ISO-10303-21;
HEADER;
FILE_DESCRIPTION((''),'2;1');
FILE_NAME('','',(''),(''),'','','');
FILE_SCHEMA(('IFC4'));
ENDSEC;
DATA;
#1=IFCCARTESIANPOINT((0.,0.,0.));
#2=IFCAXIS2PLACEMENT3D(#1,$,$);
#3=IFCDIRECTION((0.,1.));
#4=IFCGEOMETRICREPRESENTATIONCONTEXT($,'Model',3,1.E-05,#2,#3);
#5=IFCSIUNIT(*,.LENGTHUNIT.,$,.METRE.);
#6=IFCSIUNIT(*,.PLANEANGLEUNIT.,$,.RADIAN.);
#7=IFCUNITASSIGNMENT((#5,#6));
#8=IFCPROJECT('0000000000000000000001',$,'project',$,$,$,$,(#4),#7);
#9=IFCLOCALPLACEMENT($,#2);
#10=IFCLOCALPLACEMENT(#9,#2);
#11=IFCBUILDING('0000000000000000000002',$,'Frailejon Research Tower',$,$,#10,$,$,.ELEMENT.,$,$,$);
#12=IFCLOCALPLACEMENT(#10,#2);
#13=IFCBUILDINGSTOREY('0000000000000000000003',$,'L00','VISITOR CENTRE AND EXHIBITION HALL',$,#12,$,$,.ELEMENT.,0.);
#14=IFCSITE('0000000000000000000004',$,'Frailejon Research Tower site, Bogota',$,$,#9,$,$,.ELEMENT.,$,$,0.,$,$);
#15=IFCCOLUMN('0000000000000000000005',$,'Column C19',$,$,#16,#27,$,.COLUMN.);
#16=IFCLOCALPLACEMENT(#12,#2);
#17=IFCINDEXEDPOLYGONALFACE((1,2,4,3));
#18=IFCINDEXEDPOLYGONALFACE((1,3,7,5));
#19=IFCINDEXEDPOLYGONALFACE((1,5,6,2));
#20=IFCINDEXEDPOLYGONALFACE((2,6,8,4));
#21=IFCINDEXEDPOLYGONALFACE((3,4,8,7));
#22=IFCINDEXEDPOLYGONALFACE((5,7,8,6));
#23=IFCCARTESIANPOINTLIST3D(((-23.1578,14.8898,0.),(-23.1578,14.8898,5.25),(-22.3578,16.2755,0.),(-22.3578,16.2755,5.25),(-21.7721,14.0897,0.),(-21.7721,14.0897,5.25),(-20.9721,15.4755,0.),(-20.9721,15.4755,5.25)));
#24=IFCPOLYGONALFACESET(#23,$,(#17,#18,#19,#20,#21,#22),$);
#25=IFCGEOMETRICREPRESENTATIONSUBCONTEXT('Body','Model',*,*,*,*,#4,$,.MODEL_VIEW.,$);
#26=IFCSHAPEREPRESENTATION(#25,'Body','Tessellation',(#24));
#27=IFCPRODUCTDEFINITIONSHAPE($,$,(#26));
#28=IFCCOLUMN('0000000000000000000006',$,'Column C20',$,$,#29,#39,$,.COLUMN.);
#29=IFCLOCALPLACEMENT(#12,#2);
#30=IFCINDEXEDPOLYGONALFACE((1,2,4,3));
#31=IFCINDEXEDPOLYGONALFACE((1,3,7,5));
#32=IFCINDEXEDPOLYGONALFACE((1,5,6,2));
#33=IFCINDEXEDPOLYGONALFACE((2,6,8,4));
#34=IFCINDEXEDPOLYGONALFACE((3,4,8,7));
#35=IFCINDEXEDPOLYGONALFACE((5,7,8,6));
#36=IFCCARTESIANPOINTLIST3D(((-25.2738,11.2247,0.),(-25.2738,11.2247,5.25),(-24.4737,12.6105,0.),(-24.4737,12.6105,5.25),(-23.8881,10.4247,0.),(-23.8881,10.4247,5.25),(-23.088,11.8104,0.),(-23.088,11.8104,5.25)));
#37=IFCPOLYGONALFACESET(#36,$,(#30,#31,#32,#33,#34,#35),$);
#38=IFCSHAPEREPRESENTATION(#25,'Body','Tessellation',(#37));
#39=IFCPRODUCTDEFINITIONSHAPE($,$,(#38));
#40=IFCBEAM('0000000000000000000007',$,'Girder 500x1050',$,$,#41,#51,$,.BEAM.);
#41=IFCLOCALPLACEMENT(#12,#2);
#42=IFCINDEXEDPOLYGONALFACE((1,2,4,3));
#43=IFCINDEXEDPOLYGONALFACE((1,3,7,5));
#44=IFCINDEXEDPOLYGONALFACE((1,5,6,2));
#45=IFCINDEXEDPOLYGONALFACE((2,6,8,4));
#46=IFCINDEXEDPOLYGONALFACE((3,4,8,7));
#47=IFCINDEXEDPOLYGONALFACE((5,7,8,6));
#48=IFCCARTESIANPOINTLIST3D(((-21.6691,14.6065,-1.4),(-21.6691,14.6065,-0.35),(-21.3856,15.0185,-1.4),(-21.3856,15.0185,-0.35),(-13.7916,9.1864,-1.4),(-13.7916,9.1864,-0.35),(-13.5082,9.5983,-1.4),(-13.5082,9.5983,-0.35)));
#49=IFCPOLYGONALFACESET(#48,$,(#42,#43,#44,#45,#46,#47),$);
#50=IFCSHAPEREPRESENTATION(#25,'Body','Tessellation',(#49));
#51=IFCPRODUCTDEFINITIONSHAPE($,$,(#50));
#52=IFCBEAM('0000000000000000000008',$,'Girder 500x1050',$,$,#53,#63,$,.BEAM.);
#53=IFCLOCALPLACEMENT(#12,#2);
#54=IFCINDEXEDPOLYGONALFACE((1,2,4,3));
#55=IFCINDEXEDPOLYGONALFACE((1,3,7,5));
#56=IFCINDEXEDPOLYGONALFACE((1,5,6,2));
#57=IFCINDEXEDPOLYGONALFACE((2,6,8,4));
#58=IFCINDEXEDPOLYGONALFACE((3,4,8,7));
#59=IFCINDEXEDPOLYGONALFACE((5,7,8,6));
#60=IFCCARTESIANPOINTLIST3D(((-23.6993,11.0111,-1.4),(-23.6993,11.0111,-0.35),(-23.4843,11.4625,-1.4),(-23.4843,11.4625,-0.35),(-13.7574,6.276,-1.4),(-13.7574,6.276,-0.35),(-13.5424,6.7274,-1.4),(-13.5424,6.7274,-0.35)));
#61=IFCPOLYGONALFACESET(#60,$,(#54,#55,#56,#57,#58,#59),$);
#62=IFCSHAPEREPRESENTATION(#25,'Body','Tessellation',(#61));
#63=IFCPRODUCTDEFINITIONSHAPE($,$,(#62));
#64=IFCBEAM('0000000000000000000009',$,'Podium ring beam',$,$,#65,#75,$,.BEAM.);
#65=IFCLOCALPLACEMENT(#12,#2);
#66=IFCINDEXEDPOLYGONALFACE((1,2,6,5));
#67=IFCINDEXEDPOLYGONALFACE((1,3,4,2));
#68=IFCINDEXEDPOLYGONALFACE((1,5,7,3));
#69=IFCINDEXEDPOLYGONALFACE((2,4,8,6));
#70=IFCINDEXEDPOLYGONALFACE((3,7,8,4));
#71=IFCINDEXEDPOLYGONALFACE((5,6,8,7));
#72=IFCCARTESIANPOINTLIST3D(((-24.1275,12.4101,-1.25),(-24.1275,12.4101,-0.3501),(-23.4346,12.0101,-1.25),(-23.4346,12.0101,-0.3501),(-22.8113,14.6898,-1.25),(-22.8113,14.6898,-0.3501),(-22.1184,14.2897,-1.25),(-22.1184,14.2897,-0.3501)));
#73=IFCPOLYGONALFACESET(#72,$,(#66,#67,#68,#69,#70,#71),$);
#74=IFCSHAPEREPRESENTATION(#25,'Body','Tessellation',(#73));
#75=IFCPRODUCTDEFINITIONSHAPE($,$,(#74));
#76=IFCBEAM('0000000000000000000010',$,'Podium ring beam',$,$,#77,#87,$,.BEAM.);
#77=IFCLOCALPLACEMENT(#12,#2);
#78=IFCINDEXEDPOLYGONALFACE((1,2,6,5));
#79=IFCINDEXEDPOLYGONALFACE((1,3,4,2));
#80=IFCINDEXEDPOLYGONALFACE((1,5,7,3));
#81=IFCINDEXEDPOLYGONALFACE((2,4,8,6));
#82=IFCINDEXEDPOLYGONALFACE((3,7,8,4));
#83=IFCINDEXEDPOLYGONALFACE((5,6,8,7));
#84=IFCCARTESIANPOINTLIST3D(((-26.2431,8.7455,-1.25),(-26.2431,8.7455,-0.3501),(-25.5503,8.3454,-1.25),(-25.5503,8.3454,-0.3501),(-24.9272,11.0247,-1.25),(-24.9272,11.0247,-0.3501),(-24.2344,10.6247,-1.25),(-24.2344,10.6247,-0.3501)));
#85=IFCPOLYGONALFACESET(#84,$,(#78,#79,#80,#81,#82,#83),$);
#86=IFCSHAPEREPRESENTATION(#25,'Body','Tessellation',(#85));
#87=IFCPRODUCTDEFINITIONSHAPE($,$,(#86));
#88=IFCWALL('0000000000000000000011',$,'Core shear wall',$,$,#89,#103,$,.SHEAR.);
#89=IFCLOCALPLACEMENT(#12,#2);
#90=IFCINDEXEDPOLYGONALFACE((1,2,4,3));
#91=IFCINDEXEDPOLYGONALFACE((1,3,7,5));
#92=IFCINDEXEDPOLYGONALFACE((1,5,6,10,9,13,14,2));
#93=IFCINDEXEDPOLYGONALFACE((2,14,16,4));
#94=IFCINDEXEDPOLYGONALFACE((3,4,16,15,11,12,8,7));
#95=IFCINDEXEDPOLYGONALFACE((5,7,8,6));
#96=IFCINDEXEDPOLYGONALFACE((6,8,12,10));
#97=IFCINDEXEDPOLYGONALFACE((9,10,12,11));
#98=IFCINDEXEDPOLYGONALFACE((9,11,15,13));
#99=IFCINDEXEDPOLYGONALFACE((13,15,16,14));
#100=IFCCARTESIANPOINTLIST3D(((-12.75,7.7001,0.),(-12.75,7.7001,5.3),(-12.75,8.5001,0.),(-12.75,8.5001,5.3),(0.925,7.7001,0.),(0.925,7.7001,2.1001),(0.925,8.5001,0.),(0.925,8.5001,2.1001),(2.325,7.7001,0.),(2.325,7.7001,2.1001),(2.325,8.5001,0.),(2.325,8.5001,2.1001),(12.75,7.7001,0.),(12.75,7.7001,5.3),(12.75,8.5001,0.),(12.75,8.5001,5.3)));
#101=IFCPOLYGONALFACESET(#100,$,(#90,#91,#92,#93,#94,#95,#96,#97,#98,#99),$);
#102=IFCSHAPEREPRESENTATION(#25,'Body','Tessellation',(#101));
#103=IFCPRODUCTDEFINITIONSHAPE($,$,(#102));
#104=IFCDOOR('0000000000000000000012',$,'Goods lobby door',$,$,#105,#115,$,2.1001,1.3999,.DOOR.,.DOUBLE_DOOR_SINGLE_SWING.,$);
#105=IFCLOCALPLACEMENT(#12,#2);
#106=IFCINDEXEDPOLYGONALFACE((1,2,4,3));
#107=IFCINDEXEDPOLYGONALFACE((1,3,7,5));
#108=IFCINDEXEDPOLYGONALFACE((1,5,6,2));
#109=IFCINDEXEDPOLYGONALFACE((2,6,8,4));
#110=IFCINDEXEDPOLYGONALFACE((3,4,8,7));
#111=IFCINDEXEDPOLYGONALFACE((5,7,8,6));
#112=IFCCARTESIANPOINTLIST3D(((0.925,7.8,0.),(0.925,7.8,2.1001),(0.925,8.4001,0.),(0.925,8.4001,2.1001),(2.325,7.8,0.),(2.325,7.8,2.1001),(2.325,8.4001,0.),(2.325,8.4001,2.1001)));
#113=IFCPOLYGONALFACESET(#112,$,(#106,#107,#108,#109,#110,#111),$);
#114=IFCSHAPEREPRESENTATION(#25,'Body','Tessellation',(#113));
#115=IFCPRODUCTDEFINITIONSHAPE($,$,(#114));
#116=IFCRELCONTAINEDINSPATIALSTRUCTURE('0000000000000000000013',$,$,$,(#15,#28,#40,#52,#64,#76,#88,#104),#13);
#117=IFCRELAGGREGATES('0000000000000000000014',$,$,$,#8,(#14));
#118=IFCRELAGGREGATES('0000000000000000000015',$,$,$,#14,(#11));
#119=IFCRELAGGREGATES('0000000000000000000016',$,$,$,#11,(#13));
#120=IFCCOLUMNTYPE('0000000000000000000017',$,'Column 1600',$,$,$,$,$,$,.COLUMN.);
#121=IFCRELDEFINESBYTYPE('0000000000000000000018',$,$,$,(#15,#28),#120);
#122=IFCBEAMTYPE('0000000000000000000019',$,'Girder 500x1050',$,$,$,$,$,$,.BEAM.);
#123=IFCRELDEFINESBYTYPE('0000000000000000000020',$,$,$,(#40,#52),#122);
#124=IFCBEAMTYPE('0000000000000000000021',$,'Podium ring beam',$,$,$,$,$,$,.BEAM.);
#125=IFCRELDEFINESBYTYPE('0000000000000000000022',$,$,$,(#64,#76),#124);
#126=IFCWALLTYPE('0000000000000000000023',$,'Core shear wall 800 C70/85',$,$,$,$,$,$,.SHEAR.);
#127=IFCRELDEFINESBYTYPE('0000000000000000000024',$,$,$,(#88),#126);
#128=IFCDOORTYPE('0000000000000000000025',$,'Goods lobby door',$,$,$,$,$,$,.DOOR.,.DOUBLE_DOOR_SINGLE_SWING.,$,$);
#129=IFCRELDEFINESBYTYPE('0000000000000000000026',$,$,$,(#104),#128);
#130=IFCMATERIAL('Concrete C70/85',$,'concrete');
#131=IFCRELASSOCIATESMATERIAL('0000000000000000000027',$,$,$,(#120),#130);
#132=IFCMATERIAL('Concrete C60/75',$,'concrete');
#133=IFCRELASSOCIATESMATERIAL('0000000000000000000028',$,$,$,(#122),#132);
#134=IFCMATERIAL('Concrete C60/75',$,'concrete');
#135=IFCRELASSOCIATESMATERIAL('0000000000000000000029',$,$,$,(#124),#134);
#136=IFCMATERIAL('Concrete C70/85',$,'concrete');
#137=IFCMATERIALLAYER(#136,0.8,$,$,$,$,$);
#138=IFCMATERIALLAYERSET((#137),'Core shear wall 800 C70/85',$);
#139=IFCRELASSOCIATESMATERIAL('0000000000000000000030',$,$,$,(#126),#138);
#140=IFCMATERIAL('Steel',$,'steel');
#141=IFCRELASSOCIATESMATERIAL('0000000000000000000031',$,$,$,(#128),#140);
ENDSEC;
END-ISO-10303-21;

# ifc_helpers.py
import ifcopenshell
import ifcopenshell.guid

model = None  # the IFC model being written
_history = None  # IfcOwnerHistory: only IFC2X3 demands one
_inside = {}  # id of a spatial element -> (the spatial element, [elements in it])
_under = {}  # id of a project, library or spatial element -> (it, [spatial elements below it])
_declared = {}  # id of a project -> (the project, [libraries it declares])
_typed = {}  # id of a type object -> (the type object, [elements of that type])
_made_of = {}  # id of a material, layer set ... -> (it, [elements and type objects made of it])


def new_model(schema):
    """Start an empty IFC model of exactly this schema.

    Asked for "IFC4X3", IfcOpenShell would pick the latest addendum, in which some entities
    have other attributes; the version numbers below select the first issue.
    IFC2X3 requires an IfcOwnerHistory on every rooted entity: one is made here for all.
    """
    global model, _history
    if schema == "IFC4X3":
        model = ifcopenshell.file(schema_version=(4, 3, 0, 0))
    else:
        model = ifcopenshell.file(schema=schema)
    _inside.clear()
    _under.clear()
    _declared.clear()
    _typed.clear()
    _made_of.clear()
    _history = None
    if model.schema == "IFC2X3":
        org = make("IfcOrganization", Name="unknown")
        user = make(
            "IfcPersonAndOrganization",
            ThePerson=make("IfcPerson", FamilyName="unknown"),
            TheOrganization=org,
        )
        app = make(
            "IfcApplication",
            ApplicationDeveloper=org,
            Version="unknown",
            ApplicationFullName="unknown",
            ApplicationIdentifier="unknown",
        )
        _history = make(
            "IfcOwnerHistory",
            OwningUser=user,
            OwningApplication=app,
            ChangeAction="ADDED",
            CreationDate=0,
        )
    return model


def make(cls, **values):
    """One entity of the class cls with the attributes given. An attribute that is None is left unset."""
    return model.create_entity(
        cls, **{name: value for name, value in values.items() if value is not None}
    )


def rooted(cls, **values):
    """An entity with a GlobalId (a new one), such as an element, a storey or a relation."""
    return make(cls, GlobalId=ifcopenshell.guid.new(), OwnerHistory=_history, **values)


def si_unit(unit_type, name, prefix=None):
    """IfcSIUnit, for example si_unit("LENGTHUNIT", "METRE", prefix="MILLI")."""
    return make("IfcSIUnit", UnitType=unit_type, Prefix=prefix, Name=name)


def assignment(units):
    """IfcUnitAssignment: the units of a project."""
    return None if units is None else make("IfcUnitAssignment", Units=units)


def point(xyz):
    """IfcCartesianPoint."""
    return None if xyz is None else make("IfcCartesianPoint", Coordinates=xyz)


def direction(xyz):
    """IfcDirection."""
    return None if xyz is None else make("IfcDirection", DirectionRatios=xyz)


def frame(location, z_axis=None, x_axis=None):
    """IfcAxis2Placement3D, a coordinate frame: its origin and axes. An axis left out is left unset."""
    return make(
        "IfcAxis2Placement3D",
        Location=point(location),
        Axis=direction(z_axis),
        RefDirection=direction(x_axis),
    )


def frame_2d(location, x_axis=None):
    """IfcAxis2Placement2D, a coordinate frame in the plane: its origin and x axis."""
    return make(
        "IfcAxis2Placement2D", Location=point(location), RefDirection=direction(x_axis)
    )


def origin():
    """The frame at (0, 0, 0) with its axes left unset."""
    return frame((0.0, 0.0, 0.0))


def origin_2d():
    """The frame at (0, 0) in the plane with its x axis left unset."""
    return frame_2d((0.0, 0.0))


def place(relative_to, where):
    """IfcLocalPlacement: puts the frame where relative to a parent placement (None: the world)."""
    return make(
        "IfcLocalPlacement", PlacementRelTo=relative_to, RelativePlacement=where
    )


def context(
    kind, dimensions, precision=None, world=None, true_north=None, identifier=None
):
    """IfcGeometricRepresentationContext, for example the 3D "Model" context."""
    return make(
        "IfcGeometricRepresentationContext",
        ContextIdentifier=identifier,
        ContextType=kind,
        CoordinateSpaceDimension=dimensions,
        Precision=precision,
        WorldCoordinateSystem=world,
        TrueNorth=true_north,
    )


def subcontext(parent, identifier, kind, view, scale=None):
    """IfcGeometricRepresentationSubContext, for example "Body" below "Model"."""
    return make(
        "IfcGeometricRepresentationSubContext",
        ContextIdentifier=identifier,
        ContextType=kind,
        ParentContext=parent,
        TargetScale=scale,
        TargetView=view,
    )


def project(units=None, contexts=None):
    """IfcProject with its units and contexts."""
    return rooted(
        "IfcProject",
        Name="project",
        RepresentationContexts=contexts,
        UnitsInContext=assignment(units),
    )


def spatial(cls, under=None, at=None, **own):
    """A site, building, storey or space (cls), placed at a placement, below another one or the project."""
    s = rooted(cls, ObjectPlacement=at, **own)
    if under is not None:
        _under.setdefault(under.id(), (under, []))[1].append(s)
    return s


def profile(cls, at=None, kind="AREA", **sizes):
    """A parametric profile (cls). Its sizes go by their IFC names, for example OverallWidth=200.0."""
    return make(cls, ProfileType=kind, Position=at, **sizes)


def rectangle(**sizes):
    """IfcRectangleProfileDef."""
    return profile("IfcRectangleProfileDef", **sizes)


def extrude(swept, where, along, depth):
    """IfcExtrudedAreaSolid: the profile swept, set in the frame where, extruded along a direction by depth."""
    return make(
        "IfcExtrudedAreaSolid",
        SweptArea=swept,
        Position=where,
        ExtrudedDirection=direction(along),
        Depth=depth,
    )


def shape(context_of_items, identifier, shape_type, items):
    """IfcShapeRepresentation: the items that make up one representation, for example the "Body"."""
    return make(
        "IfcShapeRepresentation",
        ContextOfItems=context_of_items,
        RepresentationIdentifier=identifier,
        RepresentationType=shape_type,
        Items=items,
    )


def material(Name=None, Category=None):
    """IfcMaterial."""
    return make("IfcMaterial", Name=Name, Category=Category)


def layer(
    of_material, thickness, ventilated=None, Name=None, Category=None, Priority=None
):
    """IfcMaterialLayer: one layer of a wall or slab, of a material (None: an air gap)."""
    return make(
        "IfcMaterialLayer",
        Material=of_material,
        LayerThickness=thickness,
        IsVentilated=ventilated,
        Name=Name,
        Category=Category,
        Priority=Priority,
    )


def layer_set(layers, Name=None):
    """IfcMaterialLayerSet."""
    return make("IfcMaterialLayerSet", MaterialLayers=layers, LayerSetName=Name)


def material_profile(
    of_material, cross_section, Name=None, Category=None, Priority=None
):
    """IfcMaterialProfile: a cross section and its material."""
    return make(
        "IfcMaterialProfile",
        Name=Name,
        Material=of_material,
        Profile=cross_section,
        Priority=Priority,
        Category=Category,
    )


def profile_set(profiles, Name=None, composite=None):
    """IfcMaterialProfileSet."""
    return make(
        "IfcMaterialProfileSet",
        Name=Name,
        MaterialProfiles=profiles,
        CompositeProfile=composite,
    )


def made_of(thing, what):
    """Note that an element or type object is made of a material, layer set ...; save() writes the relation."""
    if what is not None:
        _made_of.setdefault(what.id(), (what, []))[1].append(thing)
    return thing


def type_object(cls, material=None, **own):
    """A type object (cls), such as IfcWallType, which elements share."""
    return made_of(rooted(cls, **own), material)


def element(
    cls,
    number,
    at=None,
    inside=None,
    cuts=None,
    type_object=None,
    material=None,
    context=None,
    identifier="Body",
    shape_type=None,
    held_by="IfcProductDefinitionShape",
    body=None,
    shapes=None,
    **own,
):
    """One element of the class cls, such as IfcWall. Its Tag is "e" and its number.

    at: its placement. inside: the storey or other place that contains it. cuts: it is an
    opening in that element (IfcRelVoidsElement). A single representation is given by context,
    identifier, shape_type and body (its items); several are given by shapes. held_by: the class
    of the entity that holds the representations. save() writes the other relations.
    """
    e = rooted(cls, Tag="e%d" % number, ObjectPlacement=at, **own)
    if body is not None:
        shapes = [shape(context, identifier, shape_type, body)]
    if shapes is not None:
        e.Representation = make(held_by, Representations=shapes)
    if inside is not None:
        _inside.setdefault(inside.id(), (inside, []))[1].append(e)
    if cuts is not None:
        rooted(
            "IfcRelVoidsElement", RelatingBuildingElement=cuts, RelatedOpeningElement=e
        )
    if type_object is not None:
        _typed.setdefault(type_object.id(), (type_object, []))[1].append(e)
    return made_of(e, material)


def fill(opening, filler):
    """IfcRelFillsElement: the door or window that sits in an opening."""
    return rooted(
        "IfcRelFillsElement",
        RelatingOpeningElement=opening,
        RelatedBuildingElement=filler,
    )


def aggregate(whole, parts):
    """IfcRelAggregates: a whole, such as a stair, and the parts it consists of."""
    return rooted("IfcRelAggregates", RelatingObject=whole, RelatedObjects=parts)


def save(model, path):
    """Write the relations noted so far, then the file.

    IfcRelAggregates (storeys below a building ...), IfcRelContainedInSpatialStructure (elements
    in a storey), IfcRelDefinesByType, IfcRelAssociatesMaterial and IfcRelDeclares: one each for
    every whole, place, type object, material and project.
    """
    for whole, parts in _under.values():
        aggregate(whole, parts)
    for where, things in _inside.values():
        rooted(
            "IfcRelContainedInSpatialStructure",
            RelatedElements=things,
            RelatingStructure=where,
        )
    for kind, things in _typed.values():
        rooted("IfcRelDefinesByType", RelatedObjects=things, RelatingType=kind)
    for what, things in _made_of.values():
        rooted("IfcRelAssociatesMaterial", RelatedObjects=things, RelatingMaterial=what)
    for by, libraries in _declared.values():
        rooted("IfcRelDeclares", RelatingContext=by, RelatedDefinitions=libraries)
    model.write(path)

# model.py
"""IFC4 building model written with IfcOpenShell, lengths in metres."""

from ifc_helpers import new_model, si_unit, direction, frame, frame_2d, origin, origin_2d, place, context, subcontext, project, spatial, rectangle, extrude, material, layer, layer_set, material_profile, profile_set, type_object, element, fill, save


model = new_model("IFC4")

# Units and contexts
model_context = context("Model", 3, precision=1e-05, world=origin(), true_north=direction((0.0, 1.0)))
body_context = subcontext(model_context, "Body", "Model", "MODEL_VIEW")
ifc_project = project(units=[si_unit("LENGTHUNIT", "METRE"), si_unit("PLANEANGLEUNIT", "RADIAN")], contexts=[model_context])

# Site, building, storey
site_placement = place(None, origin())
site = spatial("IfcSite", under=ifc_project, at=site_placement, Name="Frailejon Research Tower site, Bogota", CompositionType="ELEMENT", RefElevation=0.0)
building_placement = place(site_placement, origin())
building = spatial("IfcBuilding", under=site, at=building_placement, Name="Frailejon Research Tower", CompositionType="ELEMENT")
storey_placement = place(building_placement, origin())
storey = spatial("IfcBuildingStorey", under=building, at=storey_placement, Name="L00", Description="VISITOR CENTRE AND EXHIBITION HALL", CompositionType="ELEMENT", Elevation=0.0)

# Columns
ifc_material_1 = material(Name="Concrete C70/85", Category="concrete")
ifc_material_profile_1 = material_profile(ifc_material_1, rectangle(XDim=1.6001, YDim=1.6001, at=origin_2d()), Name="Column 1600")
ifc_profile_set_1 = profile_set([ifc_material_profile_1], Name="Concrete C70/85")
column_type = type_object("IfcColumnType", Name="Column 1600", PredefinedType="COLUMN", material=ifc_profile_set_1)
for number, where, z_axis, x_axis, name in (
    (1, (-22.0649, 15.1826, 0.0), (0.0, 0.0, 1.0), (-0.5, -0.866025, 0.0), "Column C19"),
    (2, (-24.1809, 11.5176, 0.0), (0.0, 0.0, 1.0), (-0.5, -0.866025, 0.0), "Column C20"),
):
    element("IfcColumn", number, at=place(storey_placement, frame(where, z_axis=z_axis, x_axis=x_axis)), inside=storey, type_object=column_type, Name=name, PredefinedType="COLUMN", context=body_context, shape_type="SweptSolid", body=[
        extrude(rectangle(XDim=1.6001, YDim=1.6001, at=origin_2d()), origin(), (0.0, 0.0, 1.0), 5.25),
    ])

# Beams
ifc_material_2 = material(Name="Concrete C60/75", Category="concrete")
ifc_material_profile_2 = material_profile(ifc_material_2, rectangle(XDim=0.5, YDim=1.05, at=origin_2d()), Name="Girder 500x1050")
ifc_profile_set_2 = profile_set([ifc_material_profile_2], Name="Concrete C60/75")
beam_type_1 = type_object("IfcBeamType", Name="Girder 500x1050", PredefinedType="BEAM", material=ifc_profile_set_2)
beam_1_placement = place(storey_placement, frame((-21.5273, 14.8125, -0.875), z_axis=(0.823826, -0.566843, 0.0), x_axis=(0.566843, 0.823826, 0.0)))
element("IfcBeam", 3, at=beam_1_placement, inside=storey, type_object=beam_type_1, Name="Girder 500x1050", PredefinedType="BEAM", context=body_context, shape_type="SweptSolid", body=[
    extrude(rectangle(XDim=0.5, YDim=1.05, at=origin_2d()), origin(), (0.0, 0.0, 1.0), 9.562),
])
beam_2_placement = place(storey_placement, frame((-23.5918, 11.2368, -0.875), z_axis=(0.90283, -0.429998, 0.0), x_axis=(0.429998, 0.90283, 0.0)))
element("IfcBeam", 4, at=beam_2_placement, inside=storey, type_object=beam_type_1, Name="Girder 500x1050", PredefinedType="BEAM", context=body_context, shape_type="SweptSolid", body=[
    extrude(rectangle(XDim=0.5, YDim=1.05, at=origin_2d()), origin(), (0.0, 0.0, 1.0), 11.012),
])
ifc_material_3 = material(Name="Concrete C60/75", Category="concrete")
ifc_material_profile_3 = material_profile(ifc_material_3, rectangle(XDim=0.8, YDim=0.8999, at=origin_2d()), Name="Podium ring beam")
ifc_profile_set_3 = profile_set([ifc_material_profile_3], Name="Concrete C60/75")
beam_type_2 = type_object("IfcBeamType", Name="Podium ring beam", PredefinedType="BEAM", material=ifc_profile_set_3)
beam_3_placement = place(storey_placement, frame((-22.4648, 14.4897, -0.8), z_axis=(-0.50002, -0.866014, 0.0), x_axis=(0.866014, -0.50002, 0.0)))
element("IfcBeam", 5, at=beam_3_placement, inside=storey, type_object=beam_type_2, Name="Podium ring beam", PredefinedType="BEAM", context=body_context, shape_type="SweptSolid", body=[
    extrude(rectangle(XDim=0.8, YDim=0.8999, at=origin_2d()), origin(), (0.0, 0.0, 1.0), 2.6323),
])
beam_4_placement = place(storey_placement, frame((-24.5808, 10.8247, -0.8), z_axis=(-0.49999, -0.866031, 0.0), x_axis=(0.866031, -0.49999, 0.0)))
element("IfcBeam", 6, at=beam_4_placement, inside=storey, type_object=beam_type_2, Name="Podium ring beam", PredefinedType="BEAM", context=body_context, shape_type="SweptSolid", body=[
    extrude(rectangle(XDim=0.8, YDim=0.8999, at=origin_2d()), origin(), (0.0, 0.0, 1.0), 2.6318),
])

# Wall, opening, door
ifc_material_4 = material(Name="Concrete C70/85", Category="concrete")
ifc_layer_1 = layer(ifc_material_4, 0.8)
ifc_layer_set_1 = layer_set([ifc_layer_1], Name="Core shear wall 800 C70/85")
wall_type_1 = type_object("IfcWallType", Name="Core shear wall 800 C70/85", PredefinedType="SHEAR", material=ifc_layer_set_1)
wall_1_placement = place(storey_placement, frame((-12.75, 8.1001, 0.0), z_axis=(0.0, 0.0, 1.0), x_axis=(1.0, 0.0, 0.0)))
wall_1 = element("IfcWall", 7, at=wall_1_placement, inside=storey, type_object=wall_type_1, Name="Core shear wall", PredefinedType="SHEAR", context=body_context, shape_type="SweptSolid", body=[
    extrude(rectangle(XDim=25.5, YDim=0.8, at=frame_2d((12.75, 0.0))), origin(), (0.0, 0.0, 1.0), 5.3),
])
opening_1_placement = place(wall_1_placement, frame((13.675, 0.0, 0.0)))
opening_1 = element("IfcOpeningElement", 8, at=opening_1_placement, cuts=wall_1, PredefinedType="OPENING", context=body_context, shape_type="SweptSolid", body=[
    extrude(rectangle(XDim=1.3999, YDim=2.1001, at=frame_2d((0.7, 1.05))), frame((0.0, 0.4099, 0.0), z_axis=(0.0, -1.0, 0.0), x_axis=(1.0, 0.0, 0.0)), (0.0, 0.0, 1.0), 0.8201),
])
ifc_material_5 = material(Name="Steel", Category="steel")
door_type_1 = type_object("IfcDoorType", Name="Goods lobby door", OperationType="DOUBLE_DOOR_SINGLE_SWING", PredefinedType="DOOR", material=ifc_material_5)
door_1_placement = place(opening_1_placement, origin())
door_1 = element("IfcDoor", 9, at=door_1_placement, inside=storey, type_object=door_type_1, Name="Goods lobby door", OperationType="DOUBLE_DOOR_SINGLE_SWING", OverallHeight=2.1001, OverallWidth=1.3999, PredefinedType="DOOR", context=body_context, shape_type="SweptSolid", body=[
    extrude(rectangle(XDim=1.3999, YDim=2.1001, at=frame_2d((0.7, 1.05))), frame((0.0, 0.3, 0.0), z_axis=(0.0, -1.0, 0.0), x_axis=(1.0, 0.0, 0.0)), (0.0, 0.0, 1.0), 0.6001),
])
fill(opening_1, door_1)

save(model, "model.ifc")
